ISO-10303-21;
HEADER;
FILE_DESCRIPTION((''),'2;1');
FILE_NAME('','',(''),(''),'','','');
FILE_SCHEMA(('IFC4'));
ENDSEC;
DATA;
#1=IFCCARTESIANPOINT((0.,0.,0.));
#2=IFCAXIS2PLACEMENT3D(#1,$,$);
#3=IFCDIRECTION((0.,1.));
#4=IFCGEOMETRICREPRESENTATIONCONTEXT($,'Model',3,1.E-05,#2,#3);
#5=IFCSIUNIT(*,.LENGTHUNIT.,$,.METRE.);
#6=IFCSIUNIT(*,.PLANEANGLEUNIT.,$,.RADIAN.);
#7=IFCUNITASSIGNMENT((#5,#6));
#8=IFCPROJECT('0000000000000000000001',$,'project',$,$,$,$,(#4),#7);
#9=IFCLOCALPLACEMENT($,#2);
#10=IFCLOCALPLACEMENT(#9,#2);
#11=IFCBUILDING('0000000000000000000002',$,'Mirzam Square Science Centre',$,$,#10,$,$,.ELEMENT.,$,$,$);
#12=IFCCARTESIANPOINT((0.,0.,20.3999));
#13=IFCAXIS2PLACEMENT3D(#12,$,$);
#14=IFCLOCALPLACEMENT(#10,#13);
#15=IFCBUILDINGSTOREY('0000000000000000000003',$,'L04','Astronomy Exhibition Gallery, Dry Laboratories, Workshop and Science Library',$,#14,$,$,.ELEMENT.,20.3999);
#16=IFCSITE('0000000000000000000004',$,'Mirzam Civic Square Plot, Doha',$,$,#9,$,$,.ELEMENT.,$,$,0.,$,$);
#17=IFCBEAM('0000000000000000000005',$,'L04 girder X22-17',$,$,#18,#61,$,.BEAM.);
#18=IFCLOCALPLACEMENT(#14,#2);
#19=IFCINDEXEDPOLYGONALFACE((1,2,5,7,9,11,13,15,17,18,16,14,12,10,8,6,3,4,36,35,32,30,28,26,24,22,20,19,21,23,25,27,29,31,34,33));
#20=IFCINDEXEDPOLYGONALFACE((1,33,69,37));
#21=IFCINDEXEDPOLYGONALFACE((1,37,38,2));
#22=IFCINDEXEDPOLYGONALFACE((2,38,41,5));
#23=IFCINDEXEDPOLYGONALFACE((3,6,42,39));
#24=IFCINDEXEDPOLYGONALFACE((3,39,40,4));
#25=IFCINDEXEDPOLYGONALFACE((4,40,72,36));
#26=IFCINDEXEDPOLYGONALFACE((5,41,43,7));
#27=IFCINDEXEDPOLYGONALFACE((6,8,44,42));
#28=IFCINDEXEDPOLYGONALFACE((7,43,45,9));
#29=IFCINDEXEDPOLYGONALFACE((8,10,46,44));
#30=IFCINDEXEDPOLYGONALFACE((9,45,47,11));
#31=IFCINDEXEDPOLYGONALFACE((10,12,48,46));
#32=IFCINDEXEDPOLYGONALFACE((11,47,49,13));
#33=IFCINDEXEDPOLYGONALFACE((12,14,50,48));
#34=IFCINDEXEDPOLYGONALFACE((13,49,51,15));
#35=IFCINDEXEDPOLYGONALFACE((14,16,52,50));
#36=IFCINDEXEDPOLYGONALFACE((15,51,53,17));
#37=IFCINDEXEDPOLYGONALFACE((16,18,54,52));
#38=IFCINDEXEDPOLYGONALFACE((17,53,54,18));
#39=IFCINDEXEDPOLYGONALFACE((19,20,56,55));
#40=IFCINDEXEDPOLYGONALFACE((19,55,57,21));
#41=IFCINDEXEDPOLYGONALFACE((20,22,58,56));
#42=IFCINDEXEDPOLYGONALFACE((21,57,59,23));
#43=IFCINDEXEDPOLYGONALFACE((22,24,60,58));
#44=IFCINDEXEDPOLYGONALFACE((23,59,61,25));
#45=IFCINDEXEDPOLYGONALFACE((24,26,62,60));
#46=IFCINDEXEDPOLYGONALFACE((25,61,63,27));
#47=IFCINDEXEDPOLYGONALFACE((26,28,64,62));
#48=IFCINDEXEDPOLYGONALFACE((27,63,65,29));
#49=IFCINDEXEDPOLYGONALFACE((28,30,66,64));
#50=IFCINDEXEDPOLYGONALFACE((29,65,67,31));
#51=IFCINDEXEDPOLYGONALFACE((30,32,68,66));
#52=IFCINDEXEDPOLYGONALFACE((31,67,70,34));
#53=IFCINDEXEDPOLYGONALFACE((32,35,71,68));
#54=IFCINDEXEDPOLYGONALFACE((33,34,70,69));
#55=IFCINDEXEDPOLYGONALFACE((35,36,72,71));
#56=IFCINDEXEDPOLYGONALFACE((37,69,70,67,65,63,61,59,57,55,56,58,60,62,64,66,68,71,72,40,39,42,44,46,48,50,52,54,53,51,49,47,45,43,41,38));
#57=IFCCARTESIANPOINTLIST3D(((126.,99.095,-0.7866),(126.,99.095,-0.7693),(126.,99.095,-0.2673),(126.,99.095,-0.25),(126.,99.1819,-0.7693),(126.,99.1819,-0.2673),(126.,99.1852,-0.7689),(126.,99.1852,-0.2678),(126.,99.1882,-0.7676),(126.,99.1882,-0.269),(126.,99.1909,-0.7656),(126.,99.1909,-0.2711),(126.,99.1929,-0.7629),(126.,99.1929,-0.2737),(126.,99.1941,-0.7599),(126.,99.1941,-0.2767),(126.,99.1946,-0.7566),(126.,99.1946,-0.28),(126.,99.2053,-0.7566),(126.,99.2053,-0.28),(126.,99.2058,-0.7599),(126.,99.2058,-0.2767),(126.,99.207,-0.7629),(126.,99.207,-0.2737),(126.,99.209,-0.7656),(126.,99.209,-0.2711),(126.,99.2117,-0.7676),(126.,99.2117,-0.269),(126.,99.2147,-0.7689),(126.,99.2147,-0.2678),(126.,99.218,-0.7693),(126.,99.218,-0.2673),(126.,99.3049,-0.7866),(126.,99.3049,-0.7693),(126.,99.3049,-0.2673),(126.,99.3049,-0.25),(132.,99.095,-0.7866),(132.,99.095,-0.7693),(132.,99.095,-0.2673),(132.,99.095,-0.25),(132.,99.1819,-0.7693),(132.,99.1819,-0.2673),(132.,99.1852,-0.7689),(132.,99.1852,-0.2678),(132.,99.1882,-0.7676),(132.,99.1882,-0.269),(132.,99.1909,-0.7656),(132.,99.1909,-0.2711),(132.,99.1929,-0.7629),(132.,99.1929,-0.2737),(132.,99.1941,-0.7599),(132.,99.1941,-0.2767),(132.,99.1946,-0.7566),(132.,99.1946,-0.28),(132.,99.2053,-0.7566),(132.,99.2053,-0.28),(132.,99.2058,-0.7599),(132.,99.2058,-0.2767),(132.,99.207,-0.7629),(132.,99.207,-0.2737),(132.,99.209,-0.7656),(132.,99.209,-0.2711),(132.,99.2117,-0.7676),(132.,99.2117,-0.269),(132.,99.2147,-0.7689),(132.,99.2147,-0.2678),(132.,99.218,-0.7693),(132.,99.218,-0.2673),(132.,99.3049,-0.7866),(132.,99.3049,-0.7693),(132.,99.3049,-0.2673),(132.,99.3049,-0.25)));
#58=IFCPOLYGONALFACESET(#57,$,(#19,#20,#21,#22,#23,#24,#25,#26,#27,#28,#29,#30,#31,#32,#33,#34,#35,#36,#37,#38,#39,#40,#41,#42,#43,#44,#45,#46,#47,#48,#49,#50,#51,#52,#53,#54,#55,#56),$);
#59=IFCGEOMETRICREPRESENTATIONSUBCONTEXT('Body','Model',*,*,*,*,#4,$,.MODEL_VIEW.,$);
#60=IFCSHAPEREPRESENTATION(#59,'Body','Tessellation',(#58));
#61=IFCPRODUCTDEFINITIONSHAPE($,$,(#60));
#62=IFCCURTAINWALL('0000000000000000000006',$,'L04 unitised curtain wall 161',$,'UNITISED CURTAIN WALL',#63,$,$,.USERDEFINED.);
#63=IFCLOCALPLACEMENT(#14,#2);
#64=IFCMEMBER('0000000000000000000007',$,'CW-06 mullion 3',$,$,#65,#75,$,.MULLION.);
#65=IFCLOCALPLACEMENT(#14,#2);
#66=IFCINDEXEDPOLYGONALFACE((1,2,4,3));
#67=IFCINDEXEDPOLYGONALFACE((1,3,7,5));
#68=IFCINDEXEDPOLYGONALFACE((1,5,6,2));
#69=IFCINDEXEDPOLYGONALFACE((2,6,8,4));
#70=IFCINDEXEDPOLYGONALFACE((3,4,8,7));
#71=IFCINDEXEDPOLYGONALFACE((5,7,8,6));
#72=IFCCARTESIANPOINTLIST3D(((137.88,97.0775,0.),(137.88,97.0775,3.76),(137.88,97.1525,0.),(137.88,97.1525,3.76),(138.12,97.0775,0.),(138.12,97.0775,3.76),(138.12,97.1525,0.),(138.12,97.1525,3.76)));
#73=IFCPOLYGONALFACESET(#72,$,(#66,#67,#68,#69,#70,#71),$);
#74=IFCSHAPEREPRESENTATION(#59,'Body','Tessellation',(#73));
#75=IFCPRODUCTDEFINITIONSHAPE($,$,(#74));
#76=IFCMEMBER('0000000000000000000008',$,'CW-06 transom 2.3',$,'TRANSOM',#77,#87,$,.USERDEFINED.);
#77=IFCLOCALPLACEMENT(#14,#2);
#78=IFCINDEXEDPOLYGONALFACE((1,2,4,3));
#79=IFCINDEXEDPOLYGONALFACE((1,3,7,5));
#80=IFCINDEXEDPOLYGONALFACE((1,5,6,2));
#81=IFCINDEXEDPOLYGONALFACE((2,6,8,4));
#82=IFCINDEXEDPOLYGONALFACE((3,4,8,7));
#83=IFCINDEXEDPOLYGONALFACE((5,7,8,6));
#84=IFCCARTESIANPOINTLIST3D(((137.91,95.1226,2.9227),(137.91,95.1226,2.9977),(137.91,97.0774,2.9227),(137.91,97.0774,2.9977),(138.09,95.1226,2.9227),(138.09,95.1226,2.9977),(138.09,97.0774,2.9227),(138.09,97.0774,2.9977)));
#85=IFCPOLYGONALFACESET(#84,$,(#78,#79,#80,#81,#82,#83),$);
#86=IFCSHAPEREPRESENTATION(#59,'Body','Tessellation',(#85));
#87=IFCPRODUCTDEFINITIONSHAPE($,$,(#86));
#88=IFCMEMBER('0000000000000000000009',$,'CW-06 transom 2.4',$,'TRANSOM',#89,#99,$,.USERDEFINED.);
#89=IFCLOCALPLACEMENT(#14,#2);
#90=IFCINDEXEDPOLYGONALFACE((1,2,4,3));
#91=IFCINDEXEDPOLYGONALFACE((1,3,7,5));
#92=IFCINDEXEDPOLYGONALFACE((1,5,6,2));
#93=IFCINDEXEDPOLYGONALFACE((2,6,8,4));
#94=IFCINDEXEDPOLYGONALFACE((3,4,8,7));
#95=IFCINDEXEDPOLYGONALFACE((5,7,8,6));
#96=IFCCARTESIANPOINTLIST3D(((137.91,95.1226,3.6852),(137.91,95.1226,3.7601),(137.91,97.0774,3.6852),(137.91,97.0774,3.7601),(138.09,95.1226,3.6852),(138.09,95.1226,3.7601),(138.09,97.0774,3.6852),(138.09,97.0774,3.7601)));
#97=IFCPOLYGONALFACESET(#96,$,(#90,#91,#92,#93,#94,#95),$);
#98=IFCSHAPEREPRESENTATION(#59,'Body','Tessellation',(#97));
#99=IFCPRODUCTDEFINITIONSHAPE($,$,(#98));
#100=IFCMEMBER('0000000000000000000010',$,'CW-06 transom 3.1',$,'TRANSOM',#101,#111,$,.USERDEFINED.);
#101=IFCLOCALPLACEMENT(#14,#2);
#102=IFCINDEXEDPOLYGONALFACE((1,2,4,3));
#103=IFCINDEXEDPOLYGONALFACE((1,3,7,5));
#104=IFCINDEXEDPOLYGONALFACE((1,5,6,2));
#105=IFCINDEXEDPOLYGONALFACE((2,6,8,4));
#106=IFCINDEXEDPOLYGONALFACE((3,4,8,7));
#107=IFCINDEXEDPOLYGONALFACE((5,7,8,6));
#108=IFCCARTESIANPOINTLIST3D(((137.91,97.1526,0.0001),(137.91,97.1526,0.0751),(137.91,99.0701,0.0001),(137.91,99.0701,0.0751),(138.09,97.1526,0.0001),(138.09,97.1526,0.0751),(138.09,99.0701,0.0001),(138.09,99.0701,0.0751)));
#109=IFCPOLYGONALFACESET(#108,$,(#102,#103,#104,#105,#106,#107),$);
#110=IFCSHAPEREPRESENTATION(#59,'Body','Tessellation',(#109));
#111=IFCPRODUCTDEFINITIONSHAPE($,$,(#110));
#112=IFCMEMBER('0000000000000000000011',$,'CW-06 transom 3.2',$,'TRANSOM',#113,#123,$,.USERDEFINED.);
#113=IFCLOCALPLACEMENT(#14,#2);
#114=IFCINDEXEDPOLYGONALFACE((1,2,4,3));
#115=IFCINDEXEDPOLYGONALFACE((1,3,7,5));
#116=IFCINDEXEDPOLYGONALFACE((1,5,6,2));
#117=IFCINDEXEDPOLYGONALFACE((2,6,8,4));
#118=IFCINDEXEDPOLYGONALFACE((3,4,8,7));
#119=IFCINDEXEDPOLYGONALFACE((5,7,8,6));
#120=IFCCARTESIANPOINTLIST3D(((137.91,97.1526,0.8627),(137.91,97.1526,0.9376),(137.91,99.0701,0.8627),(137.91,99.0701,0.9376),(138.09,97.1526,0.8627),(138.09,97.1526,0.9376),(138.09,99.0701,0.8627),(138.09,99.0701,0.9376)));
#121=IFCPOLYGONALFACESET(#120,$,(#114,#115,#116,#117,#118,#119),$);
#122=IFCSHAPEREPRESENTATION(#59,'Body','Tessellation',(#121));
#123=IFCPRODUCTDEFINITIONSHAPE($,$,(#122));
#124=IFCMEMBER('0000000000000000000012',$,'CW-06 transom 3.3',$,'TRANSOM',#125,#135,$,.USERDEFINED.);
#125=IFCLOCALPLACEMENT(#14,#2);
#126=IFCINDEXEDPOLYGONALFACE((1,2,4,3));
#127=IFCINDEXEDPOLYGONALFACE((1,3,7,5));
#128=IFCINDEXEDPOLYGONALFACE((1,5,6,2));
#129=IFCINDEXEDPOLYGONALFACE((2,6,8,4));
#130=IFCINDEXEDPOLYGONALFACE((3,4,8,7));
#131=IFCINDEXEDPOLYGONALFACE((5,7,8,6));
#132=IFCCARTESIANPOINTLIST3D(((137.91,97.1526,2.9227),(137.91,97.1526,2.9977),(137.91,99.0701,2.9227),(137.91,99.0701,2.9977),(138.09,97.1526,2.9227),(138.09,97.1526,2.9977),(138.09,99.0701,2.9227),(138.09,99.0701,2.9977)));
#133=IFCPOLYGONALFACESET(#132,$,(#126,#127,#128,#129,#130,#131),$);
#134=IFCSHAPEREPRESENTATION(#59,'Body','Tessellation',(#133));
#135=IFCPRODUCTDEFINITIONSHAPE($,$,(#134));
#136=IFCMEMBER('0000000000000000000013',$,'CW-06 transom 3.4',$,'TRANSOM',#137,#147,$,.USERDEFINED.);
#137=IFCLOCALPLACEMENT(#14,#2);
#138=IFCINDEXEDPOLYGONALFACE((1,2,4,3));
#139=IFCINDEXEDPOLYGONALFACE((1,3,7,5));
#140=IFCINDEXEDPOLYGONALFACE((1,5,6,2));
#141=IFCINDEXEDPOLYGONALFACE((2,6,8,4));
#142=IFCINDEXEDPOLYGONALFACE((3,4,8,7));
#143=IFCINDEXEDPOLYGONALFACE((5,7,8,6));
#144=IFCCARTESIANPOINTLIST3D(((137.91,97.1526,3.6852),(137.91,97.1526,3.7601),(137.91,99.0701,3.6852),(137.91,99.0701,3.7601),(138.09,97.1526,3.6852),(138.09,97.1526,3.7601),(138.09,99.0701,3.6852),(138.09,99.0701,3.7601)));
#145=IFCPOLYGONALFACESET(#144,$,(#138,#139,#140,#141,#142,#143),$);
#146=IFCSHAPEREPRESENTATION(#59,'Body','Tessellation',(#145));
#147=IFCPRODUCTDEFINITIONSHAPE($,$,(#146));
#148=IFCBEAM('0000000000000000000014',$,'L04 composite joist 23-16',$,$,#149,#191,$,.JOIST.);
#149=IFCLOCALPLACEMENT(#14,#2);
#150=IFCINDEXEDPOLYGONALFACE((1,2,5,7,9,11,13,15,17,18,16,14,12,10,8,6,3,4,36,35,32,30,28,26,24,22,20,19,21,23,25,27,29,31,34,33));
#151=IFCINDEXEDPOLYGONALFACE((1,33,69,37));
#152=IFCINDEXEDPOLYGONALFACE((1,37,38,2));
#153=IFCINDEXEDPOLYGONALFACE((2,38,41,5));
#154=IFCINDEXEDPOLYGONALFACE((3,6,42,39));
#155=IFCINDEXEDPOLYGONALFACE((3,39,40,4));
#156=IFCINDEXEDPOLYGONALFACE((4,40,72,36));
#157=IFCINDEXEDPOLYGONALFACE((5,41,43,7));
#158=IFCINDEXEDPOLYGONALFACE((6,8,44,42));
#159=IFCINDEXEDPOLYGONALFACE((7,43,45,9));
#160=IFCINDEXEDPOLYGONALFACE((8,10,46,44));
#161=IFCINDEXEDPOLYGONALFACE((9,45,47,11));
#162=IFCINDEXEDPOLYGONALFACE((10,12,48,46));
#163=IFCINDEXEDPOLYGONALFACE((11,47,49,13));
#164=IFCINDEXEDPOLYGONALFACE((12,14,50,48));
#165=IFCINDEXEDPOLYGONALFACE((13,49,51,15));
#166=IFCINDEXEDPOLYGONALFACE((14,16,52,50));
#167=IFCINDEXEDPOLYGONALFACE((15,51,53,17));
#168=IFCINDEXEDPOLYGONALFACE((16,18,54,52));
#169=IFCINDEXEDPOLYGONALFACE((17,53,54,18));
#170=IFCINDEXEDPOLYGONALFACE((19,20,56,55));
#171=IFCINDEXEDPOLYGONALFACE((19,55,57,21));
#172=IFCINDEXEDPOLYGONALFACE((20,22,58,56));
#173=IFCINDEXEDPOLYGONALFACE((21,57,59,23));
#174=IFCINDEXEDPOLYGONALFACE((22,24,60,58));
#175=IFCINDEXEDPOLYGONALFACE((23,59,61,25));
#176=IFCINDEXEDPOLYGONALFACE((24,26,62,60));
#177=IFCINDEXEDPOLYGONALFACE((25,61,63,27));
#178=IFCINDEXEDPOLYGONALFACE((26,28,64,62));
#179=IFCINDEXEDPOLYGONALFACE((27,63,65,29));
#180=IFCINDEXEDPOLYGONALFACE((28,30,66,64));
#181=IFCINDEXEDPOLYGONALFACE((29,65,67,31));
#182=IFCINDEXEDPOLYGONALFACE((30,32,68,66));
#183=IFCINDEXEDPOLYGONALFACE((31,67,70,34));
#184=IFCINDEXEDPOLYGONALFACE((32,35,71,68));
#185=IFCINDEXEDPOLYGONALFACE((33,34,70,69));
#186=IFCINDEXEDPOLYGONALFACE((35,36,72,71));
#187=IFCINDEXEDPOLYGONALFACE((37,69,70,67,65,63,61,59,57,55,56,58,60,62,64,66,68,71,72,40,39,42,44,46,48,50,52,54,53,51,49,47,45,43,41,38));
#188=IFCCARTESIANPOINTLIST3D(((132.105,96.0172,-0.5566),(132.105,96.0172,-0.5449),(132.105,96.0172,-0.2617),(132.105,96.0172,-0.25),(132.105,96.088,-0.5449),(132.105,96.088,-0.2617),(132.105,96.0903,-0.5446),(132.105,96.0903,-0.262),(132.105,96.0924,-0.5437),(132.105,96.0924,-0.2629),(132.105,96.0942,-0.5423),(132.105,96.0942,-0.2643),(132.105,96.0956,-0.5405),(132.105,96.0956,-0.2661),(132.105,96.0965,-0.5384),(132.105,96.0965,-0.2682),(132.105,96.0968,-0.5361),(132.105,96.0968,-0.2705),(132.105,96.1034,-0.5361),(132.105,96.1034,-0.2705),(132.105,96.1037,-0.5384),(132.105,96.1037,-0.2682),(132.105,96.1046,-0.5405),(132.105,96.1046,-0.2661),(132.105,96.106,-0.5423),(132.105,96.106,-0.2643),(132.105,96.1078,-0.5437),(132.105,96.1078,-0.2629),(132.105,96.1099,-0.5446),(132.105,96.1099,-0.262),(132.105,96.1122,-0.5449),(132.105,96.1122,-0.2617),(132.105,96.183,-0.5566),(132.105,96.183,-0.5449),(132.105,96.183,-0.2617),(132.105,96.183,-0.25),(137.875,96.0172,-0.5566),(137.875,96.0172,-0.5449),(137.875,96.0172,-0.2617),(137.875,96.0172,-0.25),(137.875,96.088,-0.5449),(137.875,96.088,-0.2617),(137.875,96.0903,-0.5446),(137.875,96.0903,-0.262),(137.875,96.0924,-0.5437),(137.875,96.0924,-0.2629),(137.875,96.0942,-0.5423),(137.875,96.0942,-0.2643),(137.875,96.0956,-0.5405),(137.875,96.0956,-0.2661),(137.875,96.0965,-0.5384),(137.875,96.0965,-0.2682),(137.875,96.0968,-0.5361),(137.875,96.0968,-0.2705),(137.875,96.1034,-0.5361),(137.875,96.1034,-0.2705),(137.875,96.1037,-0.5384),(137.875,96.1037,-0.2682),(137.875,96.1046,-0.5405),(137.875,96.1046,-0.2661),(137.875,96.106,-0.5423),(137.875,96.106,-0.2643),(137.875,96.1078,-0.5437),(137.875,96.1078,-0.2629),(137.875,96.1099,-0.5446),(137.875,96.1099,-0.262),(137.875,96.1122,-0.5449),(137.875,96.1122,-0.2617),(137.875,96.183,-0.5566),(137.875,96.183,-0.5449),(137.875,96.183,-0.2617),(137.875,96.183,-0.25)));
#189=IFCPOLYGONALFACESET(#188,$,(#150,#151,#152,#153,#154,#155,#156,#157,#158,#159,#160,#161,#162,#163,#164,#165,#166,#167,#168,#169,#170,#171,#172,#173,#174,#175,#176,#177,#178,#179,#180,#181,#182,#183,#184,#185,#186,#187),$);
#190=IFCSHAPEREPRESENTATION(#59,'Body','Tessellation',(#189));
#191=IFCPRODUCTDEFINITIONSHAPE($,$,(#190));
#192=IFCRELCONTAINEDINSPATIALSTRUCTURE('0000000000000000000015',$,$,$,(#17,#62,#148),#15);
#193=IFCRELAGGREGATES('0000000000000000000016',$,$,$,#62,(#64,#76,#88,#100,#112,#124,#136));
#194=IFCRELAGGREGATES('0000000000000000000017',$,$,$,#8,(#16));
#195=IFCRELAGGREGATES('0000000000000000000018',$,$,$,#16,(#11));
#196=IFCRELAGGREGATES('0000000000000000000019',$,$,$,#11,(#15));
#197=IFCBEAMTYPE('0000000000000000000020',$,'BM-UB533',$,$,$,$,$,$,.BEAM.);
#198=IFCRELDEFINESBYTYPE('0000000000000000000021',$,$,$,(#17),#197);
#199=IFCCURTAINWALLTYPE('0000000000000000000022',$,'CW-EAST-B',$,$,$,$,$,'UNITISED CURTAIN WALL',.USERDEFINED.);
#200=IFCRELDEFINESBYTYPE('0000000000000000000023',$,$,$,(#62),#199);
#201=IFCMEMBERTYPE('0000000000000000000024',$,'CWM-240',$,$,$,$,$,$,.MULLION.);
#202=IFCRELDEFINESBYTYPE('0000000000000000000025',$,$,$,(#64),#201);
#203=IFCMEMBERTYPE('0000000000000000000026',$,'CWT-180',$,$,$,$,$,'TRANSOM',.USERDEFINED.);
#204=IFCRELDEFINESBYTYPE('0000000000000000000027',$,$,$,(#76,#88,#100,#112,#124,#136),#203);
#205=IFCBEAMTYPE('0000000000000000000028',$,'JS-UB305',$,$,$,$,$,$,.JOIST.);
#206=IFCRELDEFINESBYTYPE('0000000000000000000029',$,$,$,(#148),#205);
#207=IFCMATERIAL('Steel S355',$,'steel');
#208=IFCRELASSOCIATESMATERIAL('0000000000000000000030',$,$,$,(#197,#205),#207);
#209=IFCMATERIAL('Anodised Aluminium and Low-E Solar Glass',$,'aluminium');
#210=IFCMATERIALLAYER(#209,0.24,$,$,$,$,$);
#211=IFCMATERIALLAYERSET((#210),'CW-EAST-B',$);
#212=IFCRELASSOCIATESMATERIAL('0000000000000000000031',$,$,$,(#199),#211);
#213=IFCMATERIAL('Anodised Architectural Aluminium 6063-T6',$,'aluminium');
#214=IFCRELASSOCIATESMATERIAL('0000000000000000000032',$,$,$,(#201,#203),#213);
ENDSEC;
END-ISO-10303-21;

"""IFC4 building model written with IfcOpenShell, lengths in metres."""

from ifc_helpers import new_model, si_unit, direction, frame, origin, origin_2d, place, context, subcontext, project, spatial, rectangle, i_section, extrude, material, layer, layer_set, material_profile, profile_set, type_object, element, aggregate, save


model = new_model("IFC4")

# Units and contexts
model_context = context("Model", 3, precision=1e-05, world=origin(), true_north=direction((0.0, 1.0)))
body_context = subcontext(model_context, "Body", "Model", "MODEL_VIEW")
ifc_project = project(units=[si_unit("LENGTHUNIT", "METRE"), si_unit("PLANEANGLEUNIT", "RADIAN")], contexts=[model_context])

# Site, building, storey
site_placement = place(None, origin())
site = spatial("IfcSite", under=ifc_project, at=site_placement, Name="Mirzam Civic Square Plot, Doha", CompositionType="ELEMENT", RefElevation=0.0)
building_placement = place(site_placement, origin())
building = spatial("IfcBuilding", under=site, at=building_placement, Name="Mirzam Square Science Centre", CompositionType="ELEMENT")
storey_placement = place(building_placement, frame((0.0, 0.0, 20.3999)))
storey = spatial("IfcBuildingStorey", under=building, at=storey_placement, Name="L04", Description="Astronomy Exhibition Gallery, Dry Laboratories, Workshop and Science Library", CompositionType="ELEMENT", Elevation=20.3999)

# Shared definitions
ifc_material_1 = material(Name="Steel S355", Category="steel")

# Beam
ifc_material_profile_1 = material_profile(ifc_material_1, i_section(OverallWidth=0.21, OverallDepth=0.5366, WebThickness=0.0107, FlangeThickness=0.0173, FilletRadius=0.0127, at=origin_2d()), Name="533x210x101UB")
ifc_profile_set_1 = profile_set([ifc_material_profile_1], Name="Steel S355")
beam_type_1 = type_object("IfcBeamType", Name="BM-UB533", PredefinedType="BEAM", material=ifc_profile_set_1)
beam_1_placement = place(storey_placement, frame((126.0, 99.2, -0.5183), z_axis=(1.0, 0.0, 0.0), x_axis=(0.0, 1.0, 0.0)))
element("IfcBeam", 1, at=beam_1_placement, inside=storey, type_object=beam_type_1, Name="L04 girder X22-17", PredefinedType="BEAM", context=body_context, shape_type="SweptSolid", body=[
    extrude(i_section(OverallWidth=0.21, OverallDepth=0.5366, WebThickness=0.0107, FlangeThickness=0.0173, FilletRadius=0.0127, at=origin_2d()), origin(), (0.0, 0.0, 1.0), 6.0),
])

# Curtain wall, members
ifc_material_2 = material(Name="Anodised Aluminium and Low-E Solar Glass", Category="aluminium")
ifc_layer_1 = layer(ifc_material_2, 0.24)
ifc_layer_set_1 = layer_set([ifc_layer_1], Name="CW-EAST-B")
curtain_wall_type = type_object("IfcCurtainWallType", Name="CW-EAST-B", ElementType="UNITISED CURTAIN WALL", PredefinedType="USERDEFINED", material=ifc_layer_set_1)
curtain_wall_placement = place(storey_placement, origin())
curtain_wall = element("IfcCurtainWall", 2, at=curtain_wall_placement, inside=storey, type_object=curtain_wall_type, Name="L04 unitised curtain wall 161", ObjectType="UNITISED CURTAIN WALL", PredefinedType="USERDEFINED")
ifc_material_3 = material(Name="Anodised Architectural Aluminium 6063-T6", Category="aluminium")
ifc_material_profile_2 = material_profile(ifc_material_3, rectangle(XDim=0.075, YDim=0.24, at=origin_2d()), Name="ALU-MULL-240x75x5")
ifc_profile_set_2 = profile_set([ifc_material_profile_2], Name="Anodised Architectural Aluminium 6063-T6")
member_type_1 = type_object("IfcMemberType", Name="CWM-240", PredefinedType="MULLION", material=ifc_profile_set_2)
member_1_placement = place(storey_placement, frame((138.0, 97.115, 0.0), z_axis=(0.0, 0.0, 1.0), x_axis=(0.0, 1.0, 0.0)))
member_1 = element("IfcMember", 3, at=member_1_placement, type_object=member_type_1, Name="CW-06 mullion 3", PredefinedType="MULLION", context=body_context, shape_type="SweptSolid", body=[
    extrude(rectangle(XDim=0.075, YDim=0.24, at=origin_2d()), origin(), (0.0, 0.0, 1.0), 3.76),
])
ifc_material_profile_3 = material_profile(ifc_material_3, rectangle(XDim=0.1799, YDim=0.075, at=origin_2d()), Name="ALU-TRAN-180x75x5")
ifc_profile_set_3 = profile_set([ifc_material_profile_3], Name="Anodised Architectural Aluminium 6063-T6")
member_type_2 = type_object("IfcMemberType", Name="CWT-180", ElementType="TRANSOM", PredefinedType="USERDEFINED", material=ifc_profile_set_3)
member_2_placement = place(storey_placement, frame((138.0, 95.1226, 2.9602), z_axis=(0.0, 1.0, 0.0), x_axis=(-1.0, 0.0, 0.0)))
member_2 = element("IfcMember", 4, at=member_2_placement, type_object=member_type_2, Name="CW-06 transom 2.3", ObjectType="TRANSOM", PredefinedType="USERDEFINED", context=body_context, shape_type="SweptSolid", body=[
    extrude(rectangle(XDim=0.1799, YDim=0.075, at=origin_2d()), origin(), (0.0, 0.0, 1.0), 1.9548),
])
member_3_placement = place(storey_placement, frame((138.0, 95.1226, 3.7227), z_axis=(0.0, 1.0, 0.0), x_axis=(-1.0, 0.0, 0.0)))
member_3 = element("IfcMember", 5, at=member_3_placement, type_object=member_type_2, Name="CW-06 transom 2.4", ObjectType="TRANSOM", PredefinedType="USERDEFINED", context=body_context, shape_type="SweptSolid", body=[
    extrude(rectangle(XDim=0.1799, YDim=0.075, at=origin_2d()), origin(), (0.0, 0.0, 1.0), 1.9548),
])
member_4_placement = place(storey_placement, frame((138.0, 97.1526, 0.0376), z_axis=(0.0, 1.0, 0.0), x_axis=(-1.0, 0.0, 0.0)))
member_4 = element("IfcMember", 6, at=member_4_placement, type_object=member_type_2, Name="CW-06 transom 3.1", ObjectType="TRANSOM", PredefinedType="USERDEFINED", context=body_context, shape_type="SweptSolid", body=[
    extrude(rectangle(XDim=0.1799, YDim=0.075, at=origin_2d()), origin(), (0.0, 0.0, 1.0), 1.9175),
])
member_5_placement = place(storey_placement, frame((138.0, 97.1526, 0.9001), z_axis=(0.0, 1.0, 0.0), x_axis=(-1.0, 0.0, 0.0)))
member_5 = element("IfcMember", 7, at=member_5_placement, type_object=member_type_2, Name="CW-06 transom 3.2", ObjectType="TRANSOM", PredefinedType="USERDEFINED", context=body_context, shape_type="SweptSolid", body=[
    extrude(rectangle(XDim=0.1799, YDim=0.075, at=origin_2d()), origin(), (0.0, 0.0, 1.0), 1.9175),
])
member_6_placement = place(storey_placement, frame((138.0, 97.1526, 2.9602), z_axis=(0.0, 1.0, 0.0), x_axis=(-1.0, 0.0, 0.0)))
member_6 = element("IfcMember", 8, at=member_6_placement, type_object=member_type_2, Name="CW-06 transom 3.3", ObjectType="TRANSOM", PredefinedType="USERDEFINED", context=body_context, shape_type="SweptSolid", body=[
    extrude(rectangle(XDim=0.1799, YDim=0.075, at=origin_2d()), origin(), (0.0, 0.0, 1.0), 1.9175),
])
member_7_placement = place(storey_placement, frame((138.0, 97.1526, 3.7227), z_axis=(0.0, 1.0, 0.0), x_axis=(-1.0, 0.0, 0.0)))
member_7 = element("IfcMember", 9, at=member_7_placement, type_object=member_type_2, Name="CW-06 transom 3.4", ObjectType="TRANSOM", PredefinedType="USERDEFINED", context=body_context, shape_type="SweptSolid", body=[
    extrude(rectangle(XDim=0.1799, YDim=0.075, at=origin_2d()), origin(), (0.0, 0.0, 1.0), 1.9175),
])

# Beam
ifc_material_profile_4 = material_profile(ifc_material_1, i_section(OverallWidth=0.1658, OverallDepth=0.3066, WebThickness=0.0066, FlangeThickness=0.0117, FilletRadius=0.0088, at=origin_2d()), Name="305x165x46UB")
ifc_profile_set_4 = profile_set([ifc_material_profile_4], Name="Steel S355")
beam_type_2 = type_object("IfcBeamType", Name="JS-UB305", PredefinedType="JOIST", material=ifc_profile_set_4)
beam_2_placement = place(storey_placement, frame((132.105, 96.1001, -0.4033), z_axis=(1.0, 0.0, 0.0), x_axis=(0.0, 1.0, 0.0)))
element("IfcBeam", 10, at=beam_2_placement, inside=storey, type_object=beam_type_2, Name="L04 composite joist 23-16", PredefinedType="JOIST", context=body_context, shape_type="SweptSolid", body=[
    extrude(i_section(OverallWidth=0.1658, OverallDepth=0.3066, WebThickness=0.0066, FlangeThickness=0.0117, FilletRadius=0.0088, at=origin_2d()), origin(), (0.0, 0.0, 1.0), 5.77),
])

aggregate(curtain_wall, [member_1, member_2, member_3, member_4, member_5, member_6, member_7])

save(model, "model.ifc")
